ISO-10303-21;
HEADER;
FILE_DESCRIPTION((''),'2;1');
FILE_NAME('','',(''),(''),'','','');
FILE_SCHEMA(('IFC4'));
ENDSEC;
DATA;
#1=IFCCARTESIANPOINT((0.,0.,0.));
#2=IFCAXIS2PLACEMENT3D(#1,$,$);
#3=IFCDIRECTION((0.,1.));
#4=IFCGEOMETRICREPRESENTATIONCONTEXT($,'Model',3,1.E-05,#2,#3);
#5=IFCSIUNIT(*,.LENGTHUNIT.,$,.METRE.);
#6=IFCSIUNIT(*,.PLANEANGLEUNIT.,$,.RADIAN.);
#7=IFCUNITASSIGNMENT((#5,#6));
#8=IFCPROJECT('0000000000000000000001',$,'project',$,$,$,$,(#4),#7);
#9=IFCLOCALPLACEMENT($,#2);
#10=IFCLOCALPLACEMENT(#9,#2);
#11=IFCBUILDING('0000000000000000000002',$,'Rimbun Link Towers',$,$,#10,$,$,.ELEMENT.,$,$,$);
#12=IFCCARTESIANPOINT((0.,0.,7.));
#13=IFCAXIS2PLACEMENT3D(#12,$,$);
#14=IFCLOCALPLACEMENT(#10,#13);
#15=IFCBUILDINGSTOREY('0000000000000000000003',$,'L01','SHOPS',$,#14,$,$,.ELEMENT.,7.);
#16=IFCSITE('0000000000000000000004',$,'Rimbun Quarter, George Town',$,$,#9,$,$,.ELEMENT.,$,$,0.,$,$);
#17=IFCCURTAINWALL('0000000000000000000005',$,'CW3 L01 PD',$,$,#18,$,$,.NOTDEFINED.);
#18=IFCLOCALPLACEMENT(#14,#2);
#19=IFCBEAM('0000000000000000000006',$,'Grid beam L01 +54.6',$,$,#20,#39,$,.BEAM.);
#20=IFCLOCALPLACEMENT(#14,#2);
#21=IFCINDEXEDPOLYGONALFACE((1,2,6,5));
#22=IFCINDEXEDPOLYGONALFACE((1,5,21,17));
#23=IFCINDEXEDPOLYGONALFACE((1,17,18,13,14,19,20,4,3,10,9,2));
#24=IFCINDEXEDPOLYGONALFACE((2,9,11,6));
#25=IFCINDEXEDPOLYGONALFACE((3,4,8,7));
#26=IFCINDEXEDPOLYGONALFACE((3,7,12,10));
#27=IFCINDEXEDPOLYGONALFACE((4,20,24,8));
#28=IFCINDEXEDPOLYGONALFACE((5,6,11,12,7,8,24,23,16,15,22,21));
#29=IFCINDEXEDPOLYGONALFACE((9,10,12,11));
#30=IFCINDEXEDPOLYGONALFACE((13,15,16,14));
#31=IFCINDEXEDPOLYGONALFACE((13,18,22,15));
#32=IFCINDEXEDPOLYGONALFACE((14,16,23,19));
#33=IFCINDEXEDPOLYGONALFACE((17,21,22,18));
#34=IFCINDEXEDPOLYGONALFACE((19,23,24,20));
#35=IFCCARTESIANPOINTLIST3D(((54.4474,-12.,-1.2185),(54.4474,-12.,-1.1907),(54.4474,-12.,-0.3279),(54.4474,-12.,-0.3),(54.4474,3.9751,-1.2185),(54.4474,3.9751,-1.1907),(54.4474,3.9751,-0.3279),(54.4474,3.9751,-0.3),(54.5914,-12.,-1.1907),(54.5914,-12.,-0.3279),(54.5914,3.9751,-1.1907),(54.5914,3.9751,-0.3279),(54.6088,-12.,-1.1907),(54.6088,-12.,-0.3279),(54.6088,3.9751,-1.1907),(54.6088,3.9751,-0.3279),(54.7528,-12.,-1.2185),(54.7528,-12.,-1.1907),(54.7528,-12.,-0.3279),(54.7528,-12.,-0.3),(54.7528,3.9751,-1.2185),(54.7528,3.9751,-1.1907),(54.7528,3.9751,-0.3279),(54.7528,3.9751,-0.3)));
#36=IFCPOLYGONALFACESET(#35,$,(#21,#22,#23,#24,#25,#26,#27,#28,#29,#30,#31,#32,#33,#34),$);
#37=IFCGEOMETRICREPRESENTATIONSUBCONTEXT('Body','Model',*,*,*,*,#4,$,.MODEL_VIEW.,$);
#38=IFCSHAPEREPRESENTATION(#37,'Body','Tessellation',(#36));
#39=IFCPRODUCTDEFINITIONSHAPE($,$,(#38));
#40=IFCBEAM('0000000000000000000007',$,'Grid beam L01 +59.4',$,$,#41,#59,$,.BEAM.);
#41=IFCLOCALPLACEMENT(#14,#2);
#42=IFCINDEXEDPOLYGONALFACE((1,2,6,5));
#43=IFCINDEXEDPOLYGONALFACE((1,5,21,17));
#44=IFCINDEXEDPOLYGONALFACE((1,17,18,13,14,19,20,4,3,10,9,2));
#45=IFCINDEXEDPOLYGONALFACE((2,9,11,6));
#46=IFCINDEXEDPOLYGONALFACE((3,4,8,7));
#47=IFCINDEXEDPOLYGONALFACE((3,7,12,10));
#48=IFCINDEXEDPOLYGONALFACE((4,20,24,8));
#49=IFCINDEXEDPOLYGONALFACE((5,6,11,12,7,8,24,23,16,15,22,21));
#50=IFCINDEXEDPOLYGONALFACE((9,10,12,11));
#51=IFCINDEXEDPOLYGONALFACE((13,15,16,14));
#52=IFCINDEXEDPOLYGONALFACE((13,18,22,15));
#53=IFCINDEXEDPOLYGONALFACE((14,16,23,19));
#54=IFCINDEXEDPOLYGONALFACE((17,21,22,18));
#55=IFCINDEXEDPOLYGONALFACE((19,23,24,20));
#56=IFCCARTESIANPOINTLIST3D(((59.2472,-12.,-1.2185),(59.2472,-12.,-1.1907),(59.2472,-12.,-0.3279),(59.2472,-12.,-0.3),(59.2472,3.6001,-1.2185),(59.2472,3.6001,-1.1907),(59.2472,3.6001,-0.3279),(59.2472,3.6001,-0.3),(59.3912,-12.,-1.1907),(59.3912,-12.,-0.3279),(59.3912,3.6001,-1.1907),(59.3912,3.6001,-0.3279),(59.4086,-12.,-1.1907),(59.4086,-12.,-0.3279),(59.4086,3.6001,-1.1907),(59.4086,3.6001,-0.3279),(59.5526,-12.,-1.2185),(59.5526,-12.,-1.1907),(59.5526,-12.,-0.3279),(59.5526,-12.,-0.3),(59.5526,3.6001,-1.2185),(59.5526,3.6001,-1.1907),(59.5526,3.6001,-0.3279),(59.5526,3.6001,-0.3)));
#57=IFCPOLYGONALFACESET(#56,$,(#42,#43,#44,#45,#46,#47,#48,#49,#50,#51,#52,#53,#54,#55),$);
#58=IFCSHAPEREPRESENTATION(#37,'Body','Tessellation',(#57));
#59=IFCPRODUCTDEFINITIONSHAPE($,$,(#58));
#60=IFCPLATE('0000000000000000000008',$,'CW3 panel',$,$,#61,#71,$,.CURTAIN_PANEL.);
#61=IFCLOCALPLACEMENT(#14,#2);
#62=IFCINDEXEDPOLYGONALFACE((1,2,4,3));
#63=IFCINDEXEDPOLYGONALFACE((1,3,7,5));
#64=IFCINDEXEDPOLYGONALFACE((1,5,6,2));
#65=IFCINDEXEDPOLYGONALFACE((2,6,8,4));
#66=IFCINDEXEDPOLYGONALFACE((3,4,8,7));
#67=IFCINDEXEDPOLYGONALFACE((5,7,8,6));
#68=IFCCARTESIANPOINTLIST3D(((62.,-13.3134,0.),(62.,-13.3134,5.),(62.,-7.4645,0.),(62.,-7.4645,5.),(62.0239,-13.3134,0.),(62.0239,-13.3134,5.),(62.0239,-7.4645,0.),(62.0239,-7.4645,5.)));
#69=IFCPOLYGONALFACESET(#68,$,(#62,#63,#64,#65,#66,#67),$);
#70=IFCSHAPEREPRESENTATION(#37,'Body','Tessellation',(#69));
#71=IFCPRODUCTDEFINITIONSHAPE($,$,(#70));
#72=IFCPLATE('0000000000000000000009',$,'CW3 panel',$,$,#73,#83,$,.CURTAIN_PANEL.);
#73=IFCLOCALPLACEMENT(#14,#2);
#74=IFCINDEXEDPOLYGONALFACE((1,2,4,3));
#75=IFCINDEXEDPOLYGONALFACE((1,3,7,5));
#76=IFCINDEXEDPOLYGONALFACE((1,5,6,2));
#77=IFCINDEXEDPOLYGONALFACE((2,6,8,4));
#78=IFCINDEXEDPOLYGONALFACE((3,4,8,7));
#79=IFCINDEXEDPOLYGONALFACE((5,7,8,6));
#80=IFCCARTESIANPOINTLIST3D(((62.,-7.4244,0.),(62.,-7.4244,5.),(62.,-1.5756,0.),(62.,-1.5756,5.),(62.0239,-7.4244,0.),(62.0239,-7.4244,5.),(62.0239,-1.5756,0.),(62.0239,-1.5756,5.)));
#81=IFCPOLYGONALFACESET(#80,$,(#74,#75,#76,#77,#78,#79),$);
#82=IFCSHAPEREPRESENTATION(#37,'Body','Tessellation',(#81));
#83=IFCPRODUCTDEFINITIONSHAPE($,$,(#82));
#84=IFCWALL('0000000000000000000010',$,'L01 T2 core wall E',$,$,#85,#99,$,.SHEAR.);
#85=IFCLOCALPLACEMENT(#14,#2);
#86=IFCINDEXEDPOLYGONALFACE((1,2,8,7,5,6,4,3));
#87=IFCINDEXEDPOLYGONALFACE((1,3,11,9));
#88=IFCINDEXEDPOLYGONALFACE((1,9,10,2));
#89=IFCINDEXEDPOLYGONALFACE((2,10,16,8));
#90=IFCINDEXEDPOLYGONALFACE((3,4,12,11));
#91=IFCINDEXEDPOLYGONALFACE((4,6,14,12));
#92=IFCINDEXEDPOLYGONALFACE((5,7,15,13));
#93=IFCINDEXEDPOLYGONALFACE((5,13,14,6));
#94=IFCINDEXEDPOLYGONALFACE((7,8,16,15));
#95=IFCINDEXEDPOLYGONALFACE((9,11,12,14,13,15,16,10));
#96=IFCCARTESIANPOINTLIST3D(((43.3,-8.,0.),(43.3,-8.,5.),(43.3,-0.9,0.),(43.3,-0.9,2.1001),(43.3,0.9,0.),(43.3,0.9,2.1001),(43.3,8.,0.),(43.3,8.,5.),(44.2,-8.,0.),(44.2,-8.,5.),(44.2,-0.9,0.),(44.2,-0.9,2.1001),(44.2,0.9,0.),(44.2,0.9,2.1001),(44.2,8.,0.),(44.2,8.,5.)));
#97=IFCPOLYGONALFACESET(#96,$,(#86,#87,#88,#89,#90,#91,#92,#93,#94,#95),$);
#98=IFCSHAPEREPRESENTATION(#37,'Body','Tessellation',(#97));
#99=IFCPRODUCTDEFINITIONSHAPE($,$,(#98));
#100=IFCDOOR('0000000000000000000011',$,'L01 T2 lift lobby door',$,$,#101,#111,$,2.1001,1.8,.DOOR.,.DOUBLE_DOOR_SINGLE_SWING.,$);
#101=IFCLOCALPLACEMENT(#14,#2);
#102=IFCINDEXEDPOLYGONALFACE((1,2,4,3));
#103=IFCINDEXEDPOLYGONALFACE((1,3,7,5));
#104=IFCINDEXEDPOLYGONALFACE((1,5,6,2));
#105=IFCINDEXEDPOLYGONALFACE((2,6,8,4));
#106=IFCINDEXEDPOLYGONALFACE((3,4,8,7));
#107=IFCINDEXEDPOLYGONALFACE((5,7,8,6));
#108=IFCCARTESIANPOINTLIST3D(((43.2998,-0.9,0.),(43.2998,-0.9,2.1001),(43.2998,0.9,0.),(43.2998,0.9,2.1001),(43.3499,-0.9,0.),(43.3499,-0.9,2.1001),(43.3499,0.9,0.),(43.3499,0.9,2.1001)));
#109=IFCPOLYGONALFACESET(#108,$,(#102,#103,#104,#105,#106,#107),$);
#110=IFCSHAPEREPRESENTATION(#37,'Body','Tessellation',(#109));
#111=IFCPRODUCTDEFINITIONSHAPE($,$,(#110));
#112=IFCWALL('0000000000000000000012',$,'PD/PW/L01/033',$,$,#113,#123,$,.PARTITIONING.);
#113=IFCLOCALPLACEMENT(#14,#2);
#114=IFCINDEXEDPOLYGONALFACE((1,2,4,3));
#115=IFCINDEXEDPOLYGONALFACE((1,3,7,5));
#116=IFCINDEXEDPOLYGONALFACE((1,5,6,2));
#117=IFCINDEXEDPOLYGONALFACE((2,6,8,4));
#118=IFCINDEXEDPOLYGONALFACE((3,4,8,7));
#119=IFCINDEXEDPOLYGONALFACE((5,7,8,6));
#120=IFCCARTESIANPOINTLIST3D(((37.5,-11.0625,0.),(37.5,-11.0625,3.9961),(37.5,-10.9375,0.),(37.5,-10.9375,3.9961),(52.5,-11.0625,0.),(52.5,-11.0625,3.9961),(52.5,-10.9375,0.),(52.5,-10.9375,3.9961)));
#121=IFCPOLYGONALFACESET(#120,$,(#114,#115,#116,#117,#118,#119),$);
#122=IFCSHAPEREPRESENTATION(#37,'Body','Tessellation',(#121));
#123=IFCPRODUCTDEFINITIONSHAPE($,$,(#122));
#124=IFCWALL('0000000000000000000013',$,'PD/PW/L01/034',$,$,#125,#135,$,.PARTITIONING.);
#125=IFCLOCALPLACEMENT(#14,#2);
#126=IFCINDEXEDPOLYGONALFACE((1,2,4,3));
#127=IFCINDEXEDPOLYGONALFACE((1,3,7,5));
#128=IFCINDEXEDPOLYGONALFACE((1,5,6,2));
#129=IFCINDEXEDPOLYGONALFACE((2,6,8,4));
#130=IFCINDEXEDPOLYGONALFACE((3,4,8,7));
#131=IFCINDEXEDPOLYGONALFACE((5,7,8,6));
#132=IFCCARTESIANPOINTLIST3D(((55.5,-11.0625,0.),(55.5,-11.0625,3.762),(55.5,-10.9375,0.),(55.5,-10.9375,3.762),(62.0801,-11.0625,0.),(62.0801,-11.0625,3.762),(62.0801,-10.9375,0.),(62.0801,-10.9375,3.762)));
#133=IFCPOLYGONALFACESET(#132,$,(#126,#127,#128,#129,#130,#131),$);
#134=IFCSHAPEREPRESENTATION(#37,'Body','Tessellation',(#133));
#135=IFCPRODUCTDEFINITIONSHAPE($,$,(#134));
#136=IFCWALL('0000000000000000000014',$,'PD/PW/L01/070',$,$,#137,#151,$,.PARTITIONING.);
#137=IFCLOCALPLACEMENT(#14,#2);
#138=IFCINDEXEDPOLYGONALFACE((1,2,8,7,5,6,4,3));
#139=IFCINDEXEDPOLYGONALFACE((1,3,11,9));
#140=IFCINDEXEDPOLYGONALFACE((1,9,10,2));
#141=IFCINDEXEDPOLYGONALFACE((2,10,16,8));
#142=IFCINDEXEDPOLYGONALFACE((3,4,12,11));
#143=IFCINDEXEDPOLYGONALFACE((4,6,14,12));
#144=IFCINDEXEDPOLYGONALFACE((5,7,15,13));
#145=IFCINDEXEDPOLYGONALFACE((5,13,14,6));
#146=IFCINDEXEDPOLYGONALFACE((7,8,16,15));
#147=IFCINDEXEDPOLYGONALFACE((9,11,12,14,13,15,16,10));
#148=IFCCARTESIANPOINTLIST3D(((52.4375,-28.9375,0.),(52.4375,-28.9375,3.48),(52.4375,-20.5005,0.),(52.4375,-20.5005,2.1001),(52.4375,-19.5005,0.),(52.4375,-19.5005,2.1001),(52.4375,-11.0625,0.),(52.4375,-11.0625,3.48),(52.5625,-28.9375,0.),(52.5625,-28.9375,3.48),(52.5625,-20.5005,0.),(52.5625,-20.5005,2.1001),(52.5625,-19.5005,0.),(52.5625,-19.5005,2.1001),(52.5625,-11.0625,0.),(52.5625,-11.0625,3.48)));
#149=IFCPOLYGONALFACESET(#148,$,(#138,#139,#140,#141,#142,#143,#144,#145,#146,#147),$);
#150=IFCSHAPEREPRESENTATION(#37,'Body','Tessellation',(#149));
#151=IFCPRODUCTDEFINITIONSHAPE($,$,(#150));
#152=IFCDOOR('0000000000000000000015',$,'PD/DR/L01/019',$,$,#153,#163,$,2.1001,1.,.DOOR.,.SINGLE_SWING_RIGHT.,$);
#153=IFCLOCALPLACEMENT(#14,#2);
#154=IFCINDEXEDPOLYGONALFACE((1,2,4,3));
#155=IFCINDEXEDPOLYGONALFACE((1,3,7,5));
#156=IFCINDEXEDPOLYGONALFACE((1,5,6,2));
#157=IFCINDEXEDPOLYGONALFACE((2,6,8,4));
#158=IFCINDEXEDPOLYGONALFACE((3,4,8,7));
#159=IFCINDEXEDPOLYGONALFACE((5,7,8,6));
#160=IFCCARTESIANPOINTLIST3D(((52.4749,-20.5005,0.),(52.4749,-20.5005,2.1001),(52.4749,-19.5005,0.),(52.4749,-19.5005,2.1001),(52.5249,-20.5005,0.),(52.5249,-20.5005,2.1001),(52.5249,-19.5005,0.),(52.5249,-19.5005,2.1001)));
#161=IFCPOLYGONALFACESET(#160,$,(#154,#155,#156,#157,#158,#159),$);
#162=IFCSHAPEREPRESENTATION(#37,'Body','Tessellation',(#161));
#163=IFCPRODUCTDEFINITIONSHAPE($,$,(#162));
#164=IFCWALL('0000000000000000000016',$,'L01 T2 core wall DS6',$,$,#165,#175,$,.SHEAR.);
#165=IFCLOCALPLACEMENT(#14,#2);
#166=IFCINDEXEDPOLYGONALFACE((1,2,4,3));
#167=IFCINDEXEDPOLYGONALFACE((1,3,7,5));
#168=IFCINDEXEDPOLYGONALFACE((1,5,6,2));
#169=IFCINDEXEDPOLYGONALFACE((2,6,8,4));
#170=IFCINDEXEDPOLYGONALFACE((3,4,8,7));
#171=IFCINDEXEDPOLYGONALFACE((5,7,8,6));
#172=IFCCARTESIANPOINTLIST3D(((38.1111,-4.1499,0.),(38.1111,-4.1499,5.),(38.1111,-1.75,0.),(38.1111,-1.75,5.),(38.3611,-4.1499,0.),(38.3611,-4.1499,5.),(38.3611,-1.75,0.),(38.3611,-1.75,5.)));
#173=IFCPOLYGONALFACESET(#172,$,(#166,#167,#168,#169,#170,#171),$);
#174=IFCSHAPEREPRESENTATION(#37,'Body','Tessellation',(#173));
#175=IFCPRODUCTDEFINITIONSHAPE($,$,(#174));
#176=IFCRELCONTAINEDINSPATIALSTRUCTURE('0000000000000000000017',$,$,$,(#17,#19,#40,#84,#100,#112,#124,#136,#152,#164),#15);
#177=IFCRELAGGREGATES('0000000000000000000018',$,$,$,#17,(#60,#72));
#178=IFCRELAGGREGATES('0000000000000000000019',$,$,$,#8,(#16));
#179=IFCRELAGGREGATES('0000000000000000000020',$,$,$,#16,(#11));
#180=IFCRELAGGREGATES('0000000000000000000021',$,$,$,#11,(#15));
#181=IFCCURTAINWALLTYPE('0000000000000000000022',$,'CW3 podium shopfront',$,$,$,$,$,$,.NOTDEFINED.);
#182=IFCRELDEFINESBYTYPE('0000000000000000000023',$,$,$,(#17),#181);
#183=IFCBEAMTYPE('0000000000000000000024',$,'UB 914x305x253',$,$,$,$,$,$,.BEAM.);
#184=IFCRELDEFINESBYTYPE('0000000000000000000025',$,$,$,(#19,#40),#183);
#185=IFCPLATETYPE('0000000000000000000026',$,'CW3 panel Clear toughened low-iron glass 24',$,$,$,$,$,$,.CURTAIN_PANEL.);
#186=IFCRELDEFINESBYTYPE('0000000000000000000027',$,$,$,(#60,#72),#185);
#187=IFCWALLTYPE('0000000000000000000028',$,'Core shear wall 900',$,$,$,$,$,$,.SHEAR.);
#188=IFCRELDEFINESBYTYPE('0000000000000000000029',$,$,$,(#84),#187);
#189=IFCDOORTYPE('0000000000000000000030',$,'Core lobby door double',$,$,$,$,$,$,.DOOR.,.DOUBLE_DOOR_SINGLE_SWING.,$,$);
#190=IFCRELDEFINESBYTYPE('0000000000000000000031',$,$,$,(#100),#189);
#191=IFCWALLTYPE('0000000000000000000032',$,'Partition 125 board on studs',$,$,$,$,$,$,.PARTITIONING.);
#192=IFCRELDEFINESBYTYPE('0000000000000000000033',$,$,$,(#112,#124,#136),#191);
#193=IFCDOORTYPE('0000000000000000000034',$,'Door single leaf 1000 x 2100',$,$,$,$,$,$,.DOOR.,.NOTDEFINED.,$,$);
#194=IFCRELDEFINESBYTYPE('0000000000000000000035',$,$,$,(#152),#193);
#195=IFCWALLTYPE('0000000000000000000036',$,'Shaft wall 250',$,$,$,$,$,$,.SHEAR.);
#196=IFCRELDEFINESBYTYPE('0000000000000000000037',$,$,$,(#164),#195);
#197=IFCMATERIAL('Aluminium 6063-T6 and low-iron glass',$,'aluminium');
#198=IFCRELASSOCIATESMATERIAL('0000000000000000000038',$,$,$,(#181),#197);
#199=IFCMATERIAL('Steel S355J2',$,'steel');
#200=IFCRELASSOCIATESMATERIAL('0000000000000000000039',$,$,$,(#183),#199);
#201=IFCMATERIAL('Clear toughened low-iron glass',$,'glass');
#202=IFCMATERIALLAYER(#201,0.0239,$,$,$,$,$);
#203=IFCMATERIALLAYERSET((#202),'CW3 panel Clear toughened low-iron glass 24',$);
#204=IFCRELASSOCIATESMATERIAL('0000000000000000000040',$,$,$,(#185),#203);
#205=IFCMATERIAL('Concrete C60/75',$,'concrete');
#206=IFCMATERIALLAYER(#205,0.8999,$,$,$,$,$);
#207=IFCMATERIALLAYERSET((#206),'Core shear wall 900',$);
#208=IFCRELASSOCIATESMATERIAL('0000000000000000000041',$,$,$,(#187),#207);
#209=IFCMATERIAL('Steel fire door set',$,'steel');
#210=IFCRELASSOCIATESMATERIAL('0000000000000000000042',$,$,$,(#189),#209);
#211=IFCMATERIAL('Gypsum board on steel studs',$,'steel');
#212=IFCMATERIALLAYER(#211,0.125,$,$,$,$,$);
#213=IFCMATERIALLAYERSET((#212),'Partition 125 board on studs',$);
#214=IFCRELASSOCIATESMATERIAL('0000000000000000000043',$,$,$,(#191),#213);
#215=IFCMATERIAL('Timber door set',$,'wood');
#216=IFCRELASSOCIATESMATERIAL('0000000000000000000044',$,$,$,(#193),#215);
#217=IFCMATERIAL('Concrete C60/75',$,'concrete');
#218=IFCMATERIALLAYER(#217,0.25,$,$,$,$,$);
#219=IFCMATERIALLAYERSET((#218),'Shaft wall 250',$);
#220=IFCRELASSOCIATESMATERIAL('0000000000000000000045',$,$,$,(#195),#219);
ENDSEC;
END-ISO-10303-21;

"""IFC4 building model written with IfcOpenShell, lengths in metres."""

from ifc_helpers import new_model, si_unit, direction, frame, frame_2d, origin, origin_2d, place, context, subcontext, project, spatial, rectangle, i_section, extrude, material, layer, layer_set, material_profile, profile_set, type_object, element, fill, aggregate, save


model = new_model("IFC4")

# Units and contexts
model_context = context("Model", 3, precision=1e-05, world=origin(), true_north=direction((0.0, 1.0)))
body_context = subcontext(model_context, "Body", "Model", "MODEL_VIEW")
ifc_project = project(units=[si_unit("LENGTHUNIT", "METRE"), si_unit("PLANEANGLEUNIT", "RADIAN")], contexts=[model_context])

# Site, building, storey
site_placement = place(None, origin())
site = spatial("IfcSite", under=ifc_project, at=site_placement, Name="Rimbun Quarter, George Town", CompositionType="ELEMENT", RefElevation=0.0)
building_placement = place(site_placement, origin())
building = spatial("IfcBuilding", under=site, at=building_placement, Name="Rimbun Link Towers", CompositionType="ELEMENT")
storey_placement = place(building_placement, frame((0.0, 0.0, 7.0)))
storey = spatial("IfcBuildingStorey", under=building, at=storey_placement, Name="L01", Description="SHOPS", CompositionType="ELEMENT", Elevation=7.0)

# Curtain wall
ifc_material_1 = material(Name="Aluminium 6063-T6 and low-iron glass", Category="aluminium")
curtain_wall_type = type_object("IfcCurtainWallType", Name="CW3 podium shopfront", PredefinedType="NOTDEFINED", material=ifc_material_1)
curtain_wall_placement = place(storey_placement, origin())
curtain_wall = element("IfcCurtainWall", 1, at=curtain_wall_placement, inside=storey, type_object=curtain_wall_type, Name="CW3 L01 PD", PredefinedType="NOTDEFINED")

# Beams
ifc_material_2 = material(Name="Steel S355J2", Category="steel")
ifc_material_profile_1 = material_profile(ifc_material_2, i_section(OverallWidth=0.3054, OverallDepth=0.9185, WebThickness=0.0173, FlangeThickness=0.0278, at=origin_2d()), Name="UB 914x305x253")
ifc_profile_set_1 = profile_set([ifc_material_profile_1], Name="Steel S355J2")
beam_type_1 = type_object("IfcBeamType", Name="UB 914x305x253", PredefinedType="BEAM", material=ifc_profile_set_1)
beam_1_placement = place(storey_placement, frame((54.6001, -12.0, -0.7593), z_axis=(0.0, 1.0, 0.0), x_axis=(-1.0, 0.0, 0.0)))
element("IfcBeam", 2, at=beam_1_placement, inside=storey, type_object=beam_type_1, Name="Grid beam L01 +54.6", PredefinedType="BEAM", context=body_context, shape_type="SweptSolid", body=[
    extrude(i_section(OverallWidth=0.3054, OverallDepth=0.9185, WebThickness=0.0173, FlangeThickness=0.0278, at=origin_2d()), origin(), (0.0, 0.0, 1.0), 15.9751),
])
beam_2_placement = place(storey_placement, frame((59.3999, -12.0, -0.7593), z_axis=(0.0, 1.0, 0.0), x_axis=(-1.0, 0.0, 0.0)))
element("IfcBeam", 3, at=beam_2_placement, inside=storey, type_object=beam_type_1, Name="Grid beam L01 +59.4", PredefinedType="BEAM", context=body_context, shape_type="SweptSolid", body=[
    extrude(i_section(OverallWidth=0.3054, OverallDepth=0.9185, WebThickness=0.0173, FlangeThickness=0.0278, at=origin_2d()), origin(), (0.0, 0.0, 1.0), 15.6001),
])

# Plates
ifc_material_3 = material(Name="Clear toughened low-iron glass", Category="glass")
ifc_layer_1 = layer(ifc_material_3, 0.0239)
ifc_layer_set_1 = layer_set([ifc_layer_1], Name="CW3 panel Clear toughened low-iron glass 24")
plate_type = type_object("IfcPlateType", Name="CW3 panel Clear toughened low-iron glass 24", PredefinedType="CURTAIN_PANEL", material=ifc_layer_set_1)
plate_1_placement = place(storey_placement, frame((62.012, -10.3889, 0.0), z_axis=(0.0, 0.0, 1.0), x_axis=(0.0, -1.0, 0.0)))
plate_1 = element("IfcPlate", 4, at=plate_1_placement, type_object=plate_type, Name="CW3 panel", PredefinedType="CURTAIN_PANEL", context=body_context, shape_type="SweptSolid", body=[
    extrude(rectangle(XDim=5.8489, YDim=0.0239, at=origin_2d()), origin(), (0.0, 0.0, 1.0), 5.0),
])
plate_2_placement = place(storey_placement, frame((62.012, -4.5, 0.0), z_axis=(0.0, 0.0, 1.0), x_axis=(0.0, -1.0, 0.0)))
plate_2 = element("IfcPlate", 5, at=plate_2_placement, type_object=plate_type, Name="CW3 panel", PredefinedType="CURTAIN_PANEL", context=body_context, shape_type="SweptSolid", body=[
    extrude(rectangle(XDim=5.8489, YDim=0.0239, at=origin_2d()), origin(), (0.0, 0.0, 1.0), 5.0),
])
aggregate(curtain_wall, [plate_1, plate_2])

# Wall, opening, door
ifc_material_4 = material(Name="Concrete C60/75", Category="concrete")
ifc_layer_2 = layer(ifc_material_4, 0.8999)
ifc_layer_set_2 = layer_set([ifc_layer_2], Name="Core shear wall 900")
wall_type_1 = type_object("IfcWallType", Name="Core shear wall 900", PredefinedType="SHEAR", material=ifc_layer_set_2)
wall_1_placement = place(storey_placement, frame((43.75, -8.0, 0.0), z_axis=(0.0, 0.0, 1.0), x_axis=(0.0, 1.0, 0.0)))
wall_1 = element("IfcWall", 6, at=wall_1_placement, inside=storey, type_object=wall_type_1, Name="L01 T2 core wall E", PredefinedType="SHEAR", context=body_context, shape_type="SweptSolid", body=[
    extrude(rectangle(XDim=16.0, YDim=0.8999, at=frame_2d((8.0, 0.0))), origin(), (0.0, 0.0, 1.0), 5.0),
])
opening_1_placement = place(wall_1_placement, frame((7.1001, 0.0, 0.0)))
opening_1 = element("IfcOpeningElement", 7, at=opening_1_placement, cuts=wall_1, PredefinedType="OPENING", context=body_context, shape_type="SweptSolid", body=[
    extrude(rectangle(XDim=1.8, YDim=2.1001, at=frame_2d((0.8999, 1.05))), frame((0.0, 0.46, 0.0), z_axis=(0.0, -1.0, 0.0), x_axis=(1.0, 0.0, 0.0)), (0.0, 0.0, 1.0), 0.9199),
])
ifc_material_5 = material(Name="Steel fire door set", Category="steel")
door_type_1 = type_object("IfcDoorType", Name="Core lobby door double", OperationType="DOUBLE_DOOR_SINGLE_SWING", PredefinedType="DOOR", material=ifc_material_5)
door_1_placement = place(opening_1_placement, origin())
door_1 = element("IfcDoor", 8, at=door_1_placement, inside=storey, type_object=door_type_1, Name="L01 T2 lift lobby door", OperationType="DOUBLE_DOOR_SINGLE_SWING", OverallHeight=2.1001, OverallWidth=1.8, PredefinedType="DOOR", context=body_context, shape_type="SweptSolid", body=[
    extrude(rectangle(XDim=1.8, YDim=2.1001, at=frame_2d((0.8999, 1.05))), frame((0.0, 0.4502, 0.0), z_axis=(0.0, -1.0, 0.0), x_axis=(1.0, 0.0, 0.0)), (0.0, 0.0, 1.0), 0.05),
])
fill(opening_1, door_1)

# Walls
ifc_material_6 = material(Name="Gypsum board on steel studs", Category="steel")
ifc_layer_3 = layer(ifc_material_6, 0.125)
ifc_layer_set_3 = layer_set([ifc_layer_3], Name="Partition 125 board on studs")
wall_type_2 = type_object("IfcWallType", Name="Partition 125 board on studs", PredefinedType="PARTITIONING", material=ifc_layer_set_3)
wall_2_placement = place(storey_placement, frame((37.5, -11.0, 0.0), z_axis=(0.0, 0.0, 1.0), x_axis=(1.0, 0.0, 0.0)))
element("IfcWall", 9, at=wall_2_placement, inside=storey, type_object=wall_type_2, Name="PD/PW/L01/033", PredefinedType="PARTITIONING", context=body_context, shape_type="SweptSolid", body=[
    extrude(rectangle(XDim=15.0, YDim=0.125, at=frame_2d((7.5, 0.0))), origin(), (0.0, 0.0, 1.0), 3.9961),
])
wall_3_placement = place(storey_placement, frame((55.5, -11.0, 0.0), z_axis=(0.0, 0.0, 1.0), x_axis=(1.0, 0.0, 0.0)))
element("IfcWall", 10, at=wall_3_placement, inside=storey, type_object=wall_type_2, Name="PD/PW/L01/034", PredefinedType="PARTITIONING", context=body_context, shape_type="SweptSolid", body=[
    extrude(rectangle(XDim=6.5801, YDim=0.125, at=frame_2d((3.29, 0.0))), origin(), (0.0, 0.0, 1.0), 3.762),
])

# Wall, opening, door
wall_4_placement = place(storey_placement, frame((52.5, -11.0625, 0.0), z_axis=(0.0, 0.0, 1.0), x_axis=(0.0, -1.0, 0.0)))
wall_4 = element("IfcWall", 11, at=wall_4_placement, inside=storey, type_object=wall_type_2, Name="PD/PW/L01/070", PredefinedType="PARTITIONING", context=body_context, shape_type="SweptSolid", body=[
    extrude(rectangle(XDim=17.875, YDim=0.125, at=frame_2d((8.9375, 0.0))), origin(), (0.0, 0.0, 1.0), 3.48),
])
opening_2_placement = place(wall_4_placement, frame((8.438, 0.0, 0.0)))
opening_2 = element("IfcOpeningElement", 12, at=opening_2_placement, cuts=wall_4, PredefinedType="OPENING", context=body_context, shape_type="SweptSolid", body=[
    extrude(rectangle(XDim=1.0, YDim=2.1001, at=frame_2d((0.5, 1.05))), frame((0.0, 0.0725, 0.0), z_axis=(0.0, -1.0, 0.0), x_axis=(1.0, 0.0, 0.0)), (0.0, 0.0, 1.0), 0.145),
])
ifc_material_7 = material(Name="Timber door set", Category="wood")
door_type_2 = type_object("IfcDoorType", Name="Door single leaf 1000 x 2100", OperationType="NOTDEFINED", PredefinedType="DOOR", material=ifc_material_7)
door_2_placement = place(opening_2_placement, origin())
door_2 = element("IfcDoor", 13, at=door_2_placement, inside=storey, type_object=door_type_2, Name="PD/DR/L01/019", OperationType="SINGLE_SWING_RIGHT", OverallHeight=2.1001, OverallWidth=1.0, PredefinedType="DOOR", context=body_context, shape_type="SweptSolid", body=[
    extrude(rectangle(XDim=1.0, YDim=2.1001, at=frame_2d((0.5, 1.05))), frame((0.0, 0.0249, 0.0), z_axis=(0.0, -1.0, 0.0), x_axis=(1.0, 0.0, 0.0)), (0.0, 0.0, 1.0), 0.05),
])
fill(opening_2, door_2)

# Wall
ifc_material_8 = material(Name="Concrete C60/75", Category="concrete")
ifc_layer_4 = layer(ifc_material_8, 0.25)
ifc_layer_set_4 = layer_set([ifc_layer_4], Name="Shaft wall 250")
wall_type_3 = type_object("IfcWallType", Name="Shaft wall 250", PredefinedType="SHEAR", material=ifc_layer_set_4)
for number, where, z_axis, x_axis, name in (
    (14, (38.2361, -4.1499, 0.0), (0.0, 0.0, 1.0), (0.0, 1.0, 0.0), "L01 T2 core wall DS6"),
):
    element("IfcWall", number, at=place(storey_placement, frame(where, z_axis=z_axis, x_axis=x_axis)), inside=storey, type_object=wall_type_3, Name=name, PredefinedType="SHEAR", context=body_context, shape_type="SweptSolid", body=[
        extrude(rectangle(XDim=2.3999, YDim=0.25, at=frame_2d((1.2, 0.0))), origin(), (0.0, 0.0, 1.0), 5.0),
    ])

save(model, "model.ifc")
